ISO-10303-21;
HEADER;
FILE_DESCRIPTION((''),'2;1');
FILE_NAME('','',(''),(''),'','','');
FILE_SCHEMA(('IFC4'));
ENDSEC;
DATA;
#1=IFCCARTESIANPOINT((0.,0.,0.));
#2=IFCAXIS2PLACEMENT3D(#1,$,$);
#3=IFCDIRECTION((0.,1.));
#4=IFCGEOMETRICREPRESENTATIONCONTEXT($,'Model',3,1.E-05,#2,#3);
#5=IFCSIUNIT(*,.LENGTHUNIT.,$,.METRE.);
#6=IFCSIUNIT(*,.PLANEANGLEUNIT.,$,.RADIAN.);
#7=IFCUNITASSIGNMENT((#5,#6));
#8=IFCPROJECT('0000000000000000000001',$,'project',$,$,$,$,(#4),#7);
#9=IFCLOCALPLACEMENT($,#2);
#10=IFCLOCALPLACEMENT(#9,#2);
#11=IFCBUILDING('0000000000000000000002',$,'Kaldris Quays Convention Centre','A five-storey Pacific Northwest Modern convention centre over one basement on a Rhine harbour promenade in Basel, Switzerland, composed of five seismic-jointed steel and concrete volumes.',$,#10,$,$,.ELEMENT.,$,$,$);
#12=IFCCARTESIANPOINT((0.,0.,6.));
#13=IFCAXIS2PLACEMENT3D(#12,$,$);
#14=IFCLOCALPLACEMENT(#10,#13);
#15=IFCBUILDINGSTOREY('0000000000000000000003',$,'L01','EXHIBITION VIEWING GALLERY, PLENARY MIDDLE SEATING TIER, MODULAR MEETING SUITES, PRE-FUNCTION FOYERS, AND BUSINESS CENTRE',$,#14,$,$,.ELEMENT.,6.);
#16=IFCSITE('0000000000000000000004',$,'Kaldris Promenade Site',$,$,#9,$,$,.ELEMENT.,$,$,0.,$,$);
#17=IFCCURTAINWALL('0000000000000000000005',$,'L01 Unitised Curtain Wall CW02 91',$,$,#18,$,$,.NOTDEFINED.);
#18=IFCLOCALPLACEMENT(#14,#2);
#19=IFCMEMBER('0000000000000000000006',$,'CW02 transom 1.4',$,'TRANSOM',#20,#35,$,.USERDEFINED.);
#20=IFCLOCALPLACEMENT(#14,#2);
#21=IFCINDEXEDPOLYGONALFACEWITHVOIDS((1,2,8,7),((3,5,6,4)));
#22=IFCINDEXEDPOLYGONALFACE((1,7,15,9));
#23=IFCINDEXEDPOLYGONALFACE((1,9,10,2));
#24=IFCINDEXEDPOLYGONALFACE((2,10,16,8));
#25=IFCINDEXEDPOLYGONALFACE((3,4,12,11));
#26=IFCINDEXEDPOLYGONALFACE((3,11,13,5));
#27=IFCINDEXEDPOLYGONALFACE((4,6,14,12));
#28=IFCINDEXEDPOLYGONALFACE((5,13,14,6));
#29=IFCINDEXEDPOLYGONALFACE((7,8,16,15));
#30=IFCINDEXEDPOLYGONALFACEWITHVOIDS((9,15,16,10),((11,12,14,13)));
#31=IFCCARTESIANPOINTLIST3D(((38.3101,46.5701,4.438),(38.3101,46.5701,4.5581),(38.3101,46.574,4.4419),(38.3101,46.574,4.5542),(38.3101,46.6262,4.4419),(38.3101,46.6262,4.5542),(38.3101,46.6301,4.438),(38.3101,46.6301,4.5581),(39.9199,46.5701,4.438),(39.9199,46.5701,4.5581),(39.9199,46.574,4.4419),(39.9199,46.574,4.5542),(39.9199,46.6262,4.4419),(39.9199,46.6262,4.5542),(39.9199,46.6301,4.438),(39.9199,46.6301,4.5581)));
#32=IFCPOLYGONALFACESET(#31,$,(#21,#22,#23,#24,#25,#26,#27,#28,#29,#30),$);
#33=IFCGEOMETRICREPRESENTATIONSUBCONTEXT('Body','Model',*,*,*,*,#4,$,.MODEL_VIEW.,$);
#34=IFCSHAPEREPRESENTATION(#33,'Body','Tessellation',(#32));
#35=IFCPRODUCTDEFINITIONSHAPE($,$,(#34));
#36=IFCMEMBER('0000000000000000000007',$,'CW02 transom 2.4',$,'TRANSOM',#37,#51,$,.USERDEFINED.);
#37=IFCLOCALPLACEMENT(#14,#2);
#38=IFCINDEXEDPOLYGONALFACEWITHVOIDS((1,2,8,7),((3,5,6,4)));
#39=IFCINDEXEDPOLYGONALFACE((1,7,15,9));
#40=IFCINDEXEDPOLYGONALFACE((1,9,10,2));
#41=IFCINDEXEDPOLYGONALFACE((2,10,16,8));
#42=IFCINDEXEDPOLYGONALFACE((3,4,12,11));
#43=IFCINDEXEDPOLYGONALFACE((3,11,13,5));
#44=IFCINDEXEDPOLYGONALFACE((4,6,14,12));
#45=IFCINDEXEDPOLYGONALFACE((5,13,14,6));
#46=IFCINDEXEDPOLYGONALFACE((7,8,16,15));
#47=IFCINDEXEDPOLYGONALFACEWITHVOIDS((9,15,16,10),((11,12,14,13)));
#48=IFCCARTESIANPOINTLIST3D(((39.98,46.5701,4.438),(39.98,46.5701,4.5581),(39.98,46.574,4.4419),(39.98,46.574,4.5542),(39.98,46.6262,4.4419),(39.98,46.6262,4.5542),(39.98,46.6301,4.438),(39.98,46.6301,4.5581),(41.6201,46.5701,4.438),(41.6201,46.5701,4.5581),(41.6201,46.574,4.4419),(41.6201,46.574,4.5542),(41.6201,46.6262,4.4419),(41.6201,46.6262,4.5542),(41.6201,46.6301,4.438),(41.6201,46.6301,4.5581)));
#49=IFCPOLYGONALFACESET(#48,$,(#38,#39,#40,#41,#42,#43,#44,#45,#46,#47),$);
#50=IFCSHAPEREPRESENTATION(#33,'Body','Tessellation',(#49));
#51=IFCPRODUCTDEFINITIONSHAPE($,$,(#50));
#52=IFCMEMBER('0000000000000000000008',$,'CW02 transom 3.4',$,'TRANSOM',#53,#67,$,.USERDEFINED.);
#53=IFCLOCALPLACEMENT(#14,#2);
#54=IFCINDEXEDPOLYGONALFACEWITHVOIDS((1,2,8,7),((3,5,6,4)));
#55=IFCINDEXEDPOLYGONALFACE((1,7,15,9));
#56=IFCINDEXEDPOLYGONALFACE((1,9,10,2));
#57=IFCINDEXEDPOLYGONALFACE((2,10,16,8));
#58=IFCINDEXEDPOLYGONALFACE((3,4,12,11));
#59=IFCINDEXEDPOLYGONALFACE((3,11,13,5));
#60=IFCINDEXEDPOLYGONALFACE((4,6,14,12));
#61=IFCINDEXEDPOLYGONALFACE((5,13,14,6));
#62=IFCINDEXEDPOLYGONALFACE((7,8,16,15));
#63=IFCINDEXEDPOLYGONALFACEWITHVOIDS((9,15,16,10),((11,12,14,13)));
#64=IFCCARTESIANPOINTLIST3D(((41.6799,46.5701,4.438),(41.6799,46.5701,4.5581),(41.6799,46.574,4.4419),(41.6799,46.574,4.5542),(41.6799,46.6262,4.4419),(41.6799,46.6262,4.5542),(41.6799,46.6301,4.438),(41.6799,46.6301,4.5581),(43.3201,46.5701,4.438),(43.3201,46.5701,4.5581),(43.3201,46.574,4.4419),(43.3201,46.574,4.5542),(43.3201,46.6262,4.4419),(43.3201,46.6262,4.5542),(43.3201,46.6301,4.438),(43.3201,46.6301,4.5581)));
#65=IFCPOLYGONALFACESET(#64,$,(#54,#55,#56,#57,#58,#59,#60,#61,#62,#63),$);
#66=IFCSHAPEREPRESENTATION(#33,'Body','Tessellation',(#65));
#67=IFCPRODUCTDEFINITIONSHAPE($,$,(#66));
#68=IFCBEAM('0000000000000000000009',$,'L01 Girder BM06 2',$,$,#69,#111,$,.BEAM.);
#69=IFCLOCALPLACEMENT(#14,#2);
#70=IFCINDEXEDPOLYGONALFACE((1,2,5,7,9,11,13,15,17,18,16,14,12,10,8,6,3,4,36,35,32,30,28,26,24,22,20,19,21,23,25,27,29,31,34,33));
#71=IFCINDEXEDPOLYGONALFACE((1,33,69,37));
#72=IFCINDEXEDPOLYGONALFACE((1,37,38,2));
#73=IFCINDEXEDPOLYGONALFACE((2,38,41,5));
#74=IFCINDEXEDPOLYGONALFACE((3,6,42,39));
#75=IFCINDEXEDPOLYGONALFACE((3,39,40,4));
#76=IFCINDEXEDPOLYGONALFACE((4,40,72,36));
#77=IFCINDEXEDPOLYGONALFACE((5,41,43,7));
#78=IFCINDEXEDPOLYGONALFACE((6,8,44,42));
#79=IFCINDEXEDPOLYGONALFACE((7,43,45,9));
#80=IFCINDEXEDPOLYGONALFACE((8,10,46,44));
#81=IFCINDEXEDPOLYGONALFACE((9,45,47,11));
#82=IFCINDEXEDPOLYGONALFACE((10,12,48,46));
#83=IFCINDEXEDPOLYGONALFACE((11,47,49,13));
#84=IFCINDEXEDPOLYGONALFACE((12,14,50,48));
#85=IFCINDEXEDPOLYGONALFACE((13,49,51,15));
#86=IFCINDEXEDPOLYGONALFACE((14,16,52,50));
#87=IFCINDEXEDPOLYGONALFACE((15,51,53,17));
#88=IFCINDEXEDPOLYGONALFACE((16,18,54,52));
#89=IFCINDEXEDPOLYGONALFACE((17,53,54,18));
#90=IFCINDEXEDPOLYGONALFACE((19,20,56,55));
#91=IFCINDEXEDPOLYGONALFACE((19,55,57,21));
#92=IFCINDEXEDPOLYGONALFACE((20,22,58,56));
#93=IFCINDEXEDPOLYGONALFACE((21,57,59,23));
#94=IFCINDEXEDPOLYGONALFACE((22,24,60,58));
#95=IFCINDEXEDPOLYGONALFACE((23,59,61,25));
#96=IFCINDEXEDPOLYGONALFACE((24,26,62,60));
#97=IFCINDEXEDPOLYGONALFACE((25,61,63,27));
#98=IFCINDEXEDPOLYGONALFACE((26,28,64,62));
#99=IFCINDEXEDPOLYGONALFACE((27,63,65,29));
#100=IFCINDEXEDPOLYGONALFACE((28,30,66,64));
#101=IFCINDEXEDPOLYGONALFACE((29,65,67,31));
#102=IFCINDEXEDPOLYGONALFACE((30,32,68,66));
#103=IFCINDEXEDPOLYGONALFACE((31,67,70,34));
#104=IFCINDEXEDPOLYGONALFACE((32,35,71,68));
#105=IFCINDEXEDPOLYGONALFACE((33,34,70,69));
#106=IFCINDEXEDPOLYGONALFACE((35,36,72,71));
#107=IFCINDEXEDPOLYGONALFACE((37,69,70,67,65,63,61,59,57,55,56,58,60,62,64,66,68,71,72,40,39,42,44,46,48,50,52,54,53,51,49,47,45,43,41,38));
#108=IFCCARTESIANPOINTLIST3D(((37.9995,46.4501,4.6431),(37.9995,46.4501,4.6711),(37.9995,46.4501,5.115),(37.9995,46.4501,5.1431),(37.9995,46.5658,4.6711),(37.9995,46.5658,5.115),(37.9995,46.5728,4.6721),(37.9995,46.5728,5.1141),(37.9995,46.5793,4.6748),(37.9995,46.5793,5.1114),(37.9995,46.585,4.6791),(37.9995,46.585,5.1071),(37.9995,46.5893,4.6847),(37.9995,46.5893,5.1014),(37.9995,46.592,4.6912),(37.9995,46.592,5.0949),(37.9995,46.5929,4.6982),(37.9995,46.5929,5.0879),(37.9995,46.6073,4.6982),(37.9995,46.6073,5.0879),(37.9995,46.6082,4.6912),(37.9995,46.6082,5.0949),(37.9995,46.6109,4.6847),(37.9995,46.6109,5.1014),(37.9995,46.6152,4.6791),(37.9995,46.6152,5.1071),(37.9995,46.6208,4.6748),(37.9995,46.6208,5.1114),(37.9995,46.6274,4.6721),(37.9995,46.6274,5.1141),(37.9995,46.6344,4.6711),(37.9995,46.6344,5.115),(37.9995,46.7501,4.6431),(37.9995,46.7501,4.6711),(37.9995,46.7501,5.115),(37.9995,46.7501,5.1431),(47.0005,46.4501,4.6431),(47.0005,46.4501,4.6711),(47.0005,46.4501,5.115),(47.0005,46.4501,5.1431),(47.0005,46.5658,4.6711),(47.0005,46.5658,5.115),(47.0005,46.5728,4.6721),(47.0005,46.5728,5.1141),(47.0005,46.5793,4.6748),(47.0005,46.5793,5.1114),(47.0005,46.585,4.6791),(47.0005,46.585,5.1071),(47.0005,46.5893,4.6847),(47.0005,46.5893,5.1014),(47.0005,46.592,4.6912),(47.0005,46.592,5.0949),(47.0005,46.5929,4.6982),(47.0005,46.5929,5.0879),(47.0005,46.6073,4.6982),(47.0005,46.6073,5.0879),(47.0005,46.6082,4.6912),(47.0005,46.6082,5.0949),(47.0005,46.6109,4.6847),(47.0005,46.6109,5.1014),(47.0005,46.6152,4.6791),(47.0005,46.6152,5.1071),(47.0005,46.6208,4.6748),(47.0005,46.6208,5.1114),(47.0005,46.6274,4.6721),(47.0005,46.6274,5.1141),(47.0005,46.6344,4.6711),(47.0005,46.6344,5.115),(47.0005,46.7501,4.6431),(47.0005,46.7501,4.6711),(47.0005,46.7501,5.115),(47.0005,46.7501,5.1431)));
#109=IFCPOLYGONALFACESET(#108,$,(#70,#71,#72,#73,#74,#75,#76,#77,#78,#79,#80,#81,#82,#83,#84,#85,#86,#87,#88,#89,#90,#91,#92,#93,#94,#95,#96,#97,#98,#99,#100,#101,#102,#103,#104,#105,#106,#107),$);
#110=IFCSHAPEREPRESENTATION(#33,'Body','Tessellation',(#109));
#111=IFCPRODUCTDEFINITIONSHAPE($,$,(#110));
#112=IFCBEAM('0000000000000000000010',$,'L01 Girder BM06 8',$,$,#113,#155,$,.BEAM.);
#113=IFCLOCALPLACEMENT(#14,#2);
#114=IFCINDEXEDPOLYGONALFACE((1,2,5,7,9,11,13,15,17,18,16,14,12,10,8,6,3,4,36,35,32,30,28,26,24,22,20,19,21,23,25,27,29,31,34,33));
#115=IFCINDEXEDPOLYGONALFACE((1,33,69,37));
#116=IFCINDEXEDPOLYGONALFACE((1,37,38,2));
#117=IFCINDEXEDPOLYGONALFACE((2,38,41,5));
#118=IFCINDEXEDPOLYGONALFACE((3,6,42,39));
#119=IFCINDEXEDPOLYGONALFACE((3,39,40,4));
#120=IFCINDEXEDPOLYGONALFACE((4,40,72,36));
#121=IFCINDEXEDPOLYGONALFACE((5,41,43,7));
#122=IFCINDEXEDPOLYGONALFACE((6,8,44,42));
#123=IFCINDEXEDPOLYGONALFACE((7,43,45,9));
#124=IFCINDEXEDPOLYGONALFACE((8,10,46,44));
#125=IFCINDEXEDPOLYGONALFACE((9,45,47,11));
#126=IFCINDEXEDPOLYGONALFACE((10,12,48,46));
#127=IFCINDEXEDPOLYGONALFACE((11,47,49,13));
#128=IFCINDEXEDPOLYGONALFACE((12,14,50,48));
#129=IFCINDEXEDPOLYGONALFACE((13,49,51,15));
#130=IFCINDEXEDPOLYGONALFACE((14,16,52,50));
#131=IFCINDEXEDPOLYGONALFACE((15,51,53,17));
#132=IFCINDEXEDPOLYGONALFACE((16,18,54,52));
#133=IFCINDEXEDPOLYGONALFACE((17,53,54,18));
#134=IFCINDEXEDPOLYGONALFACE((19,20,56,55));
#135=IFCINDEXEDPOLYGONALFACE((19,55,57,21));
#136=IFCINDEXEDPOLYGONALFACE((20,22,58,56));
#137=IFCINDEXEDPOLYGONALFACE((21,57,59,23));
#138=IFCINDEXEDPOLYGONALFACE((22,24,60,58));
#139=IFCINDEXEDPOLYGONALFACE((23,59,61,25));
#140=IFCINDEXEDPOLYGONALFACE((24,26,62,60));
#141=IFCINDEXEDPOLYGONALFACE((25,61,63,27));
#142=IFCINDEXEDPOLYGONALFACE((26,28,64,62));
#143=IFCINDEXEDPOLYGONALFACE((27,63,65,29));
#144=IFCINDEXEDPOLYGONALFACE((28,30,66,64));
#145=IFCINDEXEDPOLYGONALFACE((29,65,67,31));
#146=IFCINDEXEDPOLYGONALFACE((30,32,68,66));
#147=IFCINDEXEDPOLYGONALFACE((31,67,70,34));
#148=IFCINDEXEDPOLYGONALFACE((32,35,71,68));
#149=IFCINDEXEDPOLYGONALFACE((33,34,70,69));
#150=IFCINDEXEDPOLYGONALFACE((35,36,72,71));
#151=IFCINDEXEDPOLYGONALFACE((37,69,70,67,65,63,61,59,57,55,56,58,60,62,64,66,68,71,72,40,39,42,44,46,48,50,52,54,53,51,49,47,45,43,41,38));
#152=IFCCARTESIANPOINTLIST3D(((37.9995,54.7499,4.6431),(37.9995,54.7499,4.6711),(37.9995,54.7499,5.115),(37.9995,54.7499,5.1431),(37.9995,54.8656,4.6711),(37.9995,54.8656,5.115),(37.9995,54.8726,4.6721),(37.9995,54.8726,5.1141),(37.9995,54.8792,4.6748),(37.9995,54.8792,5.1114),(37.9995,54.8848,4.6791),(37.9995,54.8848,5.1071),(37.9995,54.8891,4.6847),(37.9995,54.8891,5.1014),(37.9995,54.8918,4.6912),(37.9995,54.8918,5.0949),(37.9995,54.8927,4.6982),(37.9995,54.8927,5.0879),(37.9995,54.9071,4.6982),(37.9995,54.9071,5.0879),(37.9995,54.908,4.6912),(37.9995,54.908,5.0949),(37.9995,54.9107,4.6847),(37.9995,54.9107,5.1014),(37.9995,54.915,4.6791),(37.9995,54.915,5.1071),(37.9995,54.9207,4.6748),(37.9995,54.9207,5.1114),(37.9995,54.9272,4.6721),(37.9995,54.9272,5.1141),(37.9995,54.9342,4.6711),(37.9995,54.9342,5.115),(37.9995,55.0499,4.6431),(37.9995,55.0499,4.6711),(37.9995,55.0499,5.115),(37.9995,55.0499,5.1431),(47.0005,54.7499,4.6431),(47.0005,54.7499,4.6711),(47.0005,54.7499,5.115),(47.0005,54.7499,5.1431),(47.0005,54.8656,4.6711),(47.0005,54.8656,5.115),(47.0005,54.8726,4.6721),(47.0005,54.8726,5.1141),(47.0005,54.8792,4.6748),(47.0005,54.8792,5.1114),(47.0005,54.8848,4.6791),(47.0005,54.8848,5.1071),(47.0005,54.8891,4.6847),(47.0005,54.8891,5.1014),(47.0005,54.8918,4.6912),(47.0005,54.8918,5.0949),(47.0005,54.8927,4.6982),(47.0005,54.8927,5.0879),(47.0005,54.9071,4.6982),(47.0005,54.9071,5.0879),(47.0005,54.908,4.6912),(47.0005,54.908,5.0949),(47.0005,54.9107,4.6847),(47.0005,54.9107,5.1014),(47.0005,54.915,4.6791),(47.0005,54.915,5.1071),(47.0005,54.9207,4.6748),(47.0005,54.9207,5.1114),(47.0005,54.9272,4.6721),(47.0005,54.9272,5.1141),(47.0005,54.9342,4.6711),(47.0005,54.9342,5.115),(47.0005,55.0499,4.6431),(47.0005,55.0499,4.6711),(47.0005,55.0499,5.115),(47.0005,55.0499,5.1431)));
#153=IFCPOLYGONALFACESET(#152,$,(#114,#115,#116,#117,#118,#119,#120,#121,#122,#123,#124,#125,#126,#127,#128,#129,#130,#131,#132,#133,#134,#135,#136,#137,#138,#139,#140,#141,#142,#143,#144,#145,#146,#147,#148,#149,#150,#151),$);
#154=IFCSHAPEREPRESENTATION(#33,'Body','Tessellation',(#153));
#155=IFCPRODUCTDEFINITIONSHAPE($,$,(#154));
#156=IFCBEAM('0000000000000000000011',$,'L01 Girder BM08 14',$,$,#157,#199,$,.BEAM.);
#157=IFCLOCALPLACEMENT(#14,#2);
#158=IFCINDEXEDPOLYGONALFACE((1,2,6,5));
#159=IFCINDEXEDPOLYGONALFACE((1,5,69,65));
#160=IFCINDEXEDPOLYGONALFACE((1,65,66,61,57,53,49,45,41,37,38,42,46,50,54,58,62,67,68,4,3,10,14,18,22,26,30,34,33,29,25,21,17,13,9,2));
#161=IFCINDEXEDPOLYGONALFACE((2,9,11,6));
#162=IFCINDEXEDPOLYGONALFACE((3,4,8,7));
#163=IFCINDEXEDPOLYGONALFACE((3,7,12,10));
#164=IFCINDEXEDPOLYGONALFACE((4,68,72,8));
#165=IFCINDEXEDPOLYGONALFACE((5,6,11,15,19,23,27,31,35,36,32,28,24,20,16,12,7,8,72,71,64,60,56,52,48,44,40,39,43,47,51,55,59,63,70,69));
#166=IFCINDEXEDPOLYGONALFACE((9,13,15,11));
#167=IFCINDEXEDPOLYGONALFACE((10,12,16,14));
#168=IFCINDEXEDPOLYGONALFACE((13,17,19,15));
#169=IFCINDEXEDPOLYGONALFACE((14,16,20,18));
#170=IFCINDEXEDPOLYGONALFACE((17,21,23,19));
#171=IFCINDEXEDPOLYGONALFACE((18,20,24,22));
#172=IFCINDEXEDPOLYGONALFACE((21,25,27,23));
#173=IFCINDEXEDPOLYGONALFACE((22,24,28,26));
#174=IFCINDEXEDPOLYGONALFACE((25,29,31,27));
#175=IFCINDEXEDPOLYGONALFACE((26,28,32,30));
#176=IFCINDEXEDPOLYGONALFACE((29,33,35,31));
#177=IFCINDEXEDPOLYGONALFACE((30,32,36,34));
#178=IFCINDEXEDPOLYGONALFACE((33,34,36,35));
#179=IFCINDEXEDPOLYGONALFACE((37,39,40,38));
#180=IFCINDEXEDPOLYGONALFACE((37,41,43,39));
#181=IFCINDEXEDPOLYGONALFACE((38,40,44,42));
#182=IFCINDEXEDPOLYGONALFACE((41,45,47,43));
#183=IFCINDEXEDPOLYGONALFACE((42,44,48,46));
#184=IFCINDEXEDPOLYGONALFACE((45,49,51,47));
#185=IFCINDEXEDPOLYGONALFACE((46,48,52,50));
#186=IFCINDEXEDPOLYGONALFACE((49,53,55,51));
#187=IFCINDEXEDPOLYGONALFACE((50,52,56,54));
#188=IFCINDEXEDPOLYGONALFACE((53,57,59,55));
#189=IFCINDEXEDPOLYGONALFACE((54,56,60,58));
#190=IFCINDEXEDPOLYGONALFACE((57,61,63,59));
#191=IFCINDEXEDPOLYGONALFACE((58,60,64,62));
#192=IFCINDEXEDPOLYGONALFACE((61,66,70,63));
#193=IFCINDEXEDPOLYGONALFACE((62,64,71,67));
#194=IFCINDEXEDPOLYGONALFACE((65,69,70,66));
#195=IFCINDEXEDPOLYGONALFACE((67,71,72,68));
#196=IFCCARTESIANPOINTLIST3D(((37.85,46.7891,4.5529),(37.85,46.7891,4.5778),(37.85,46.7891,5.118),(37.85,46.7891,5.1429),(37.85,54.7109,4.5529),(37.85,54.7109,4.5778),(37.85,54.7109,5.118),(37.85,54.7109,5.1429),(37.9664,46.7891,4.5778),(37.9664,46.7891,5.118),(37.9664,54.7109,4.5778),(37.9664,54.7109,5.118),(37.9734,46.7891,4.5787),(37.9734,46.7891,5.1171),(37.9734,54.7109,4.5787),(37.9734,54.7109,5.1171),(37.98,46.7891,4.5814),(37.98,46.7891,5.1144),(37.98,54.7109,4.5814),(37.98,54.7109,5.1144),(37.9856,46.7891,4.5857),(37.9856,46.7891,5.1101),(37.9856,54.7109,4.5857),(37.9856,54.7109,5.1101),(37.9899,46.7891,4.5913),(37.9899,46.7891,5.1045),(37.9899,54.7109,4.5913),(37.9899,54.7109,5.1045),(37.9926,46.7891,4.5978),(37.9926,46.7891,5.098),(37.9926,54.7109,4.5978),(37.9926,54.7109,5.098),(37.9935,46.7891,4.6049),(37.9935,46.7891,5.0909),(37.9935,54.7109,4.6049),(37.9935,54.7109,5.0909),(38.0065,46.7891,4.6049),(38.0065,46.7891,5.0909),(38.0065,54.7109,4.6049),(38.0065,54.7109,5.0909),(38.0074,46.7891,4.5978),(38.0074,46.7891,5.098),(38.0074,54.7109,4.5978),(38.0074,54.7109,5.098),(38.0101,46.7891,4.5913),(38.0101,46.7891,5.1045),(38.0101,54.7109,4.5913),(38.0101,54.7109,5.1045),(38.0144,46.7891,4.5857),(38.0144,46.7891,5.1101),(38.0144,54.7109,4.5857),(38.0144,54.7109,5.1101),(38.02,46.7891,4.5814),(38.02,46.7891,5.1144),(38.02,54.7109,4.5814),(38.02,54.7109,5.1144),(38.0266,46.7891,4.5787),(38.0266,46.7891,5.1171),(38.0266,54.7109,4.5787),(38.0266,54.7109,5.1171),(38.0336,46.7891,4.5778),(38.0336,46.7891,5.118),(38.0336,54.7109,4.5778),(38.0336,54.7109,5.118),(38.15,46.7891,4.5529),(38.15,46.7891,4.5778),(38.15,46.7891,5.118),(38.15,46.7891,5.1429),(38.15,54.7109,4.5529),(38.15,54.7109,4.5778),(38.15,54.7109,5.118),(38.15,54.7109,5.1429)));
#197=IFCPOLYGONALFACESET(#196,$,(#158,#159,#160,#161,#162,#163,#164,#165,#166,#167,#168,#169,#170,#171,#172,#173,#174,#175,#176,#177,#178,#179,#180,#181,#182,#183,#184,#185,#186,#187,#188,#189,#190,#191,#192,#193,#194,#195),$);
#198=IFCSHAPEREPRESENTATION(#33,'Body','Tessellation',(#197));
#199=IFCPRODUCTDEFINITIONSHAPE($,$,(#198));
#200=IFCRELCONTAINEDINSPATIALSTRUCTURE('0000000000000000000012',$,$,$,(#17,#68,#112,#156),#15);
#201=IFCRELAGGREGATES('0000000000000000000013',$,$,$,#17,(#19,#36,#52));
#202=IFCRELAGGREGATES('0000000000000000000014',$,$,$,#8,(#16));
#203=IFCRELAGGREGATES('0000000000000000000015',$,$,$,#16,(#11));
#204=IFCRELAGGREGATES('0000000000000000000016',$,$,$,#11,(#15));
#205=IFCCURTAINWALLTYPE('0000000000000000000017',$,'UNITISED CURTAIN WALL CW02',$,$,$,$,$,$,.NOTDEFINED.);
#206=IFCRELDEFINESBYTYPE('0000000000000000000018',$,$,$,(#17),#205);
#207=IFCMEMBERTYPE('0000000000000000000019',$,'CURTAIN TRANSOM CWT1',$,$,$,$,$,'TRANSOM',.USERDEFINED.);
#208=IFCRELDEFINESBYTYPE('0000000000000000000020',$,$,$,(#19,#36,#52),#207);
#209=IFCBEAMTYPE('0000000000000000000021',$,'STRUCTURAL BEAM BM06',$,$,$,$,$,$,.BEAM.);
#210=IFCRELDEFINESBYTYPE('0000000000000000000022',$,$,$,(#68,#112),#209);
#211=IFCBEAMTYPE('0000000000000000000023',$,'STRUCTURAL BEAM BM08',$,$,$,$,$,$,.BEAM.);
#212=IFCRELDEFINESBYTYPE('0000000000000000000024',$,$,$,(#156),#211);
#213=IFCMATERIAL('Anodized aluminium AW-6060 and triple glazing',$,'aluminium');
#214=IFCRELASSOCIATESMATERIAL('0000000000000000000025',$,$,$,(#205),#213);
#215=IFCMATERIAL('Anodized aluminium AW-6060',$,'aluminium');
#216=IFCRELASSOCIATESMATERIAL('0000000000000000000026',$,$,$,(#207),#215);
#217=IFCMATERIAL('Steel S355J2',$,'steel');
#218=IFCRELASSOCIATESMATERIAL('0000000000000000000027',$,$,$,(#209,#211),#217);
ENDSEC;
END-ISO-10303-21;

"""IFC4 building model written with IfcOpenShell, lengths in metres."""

from ifc_helpers import new_model, si_unit, direction, frame, origin, origin_2d, place, context, subcontext, project, spatial, hollow_rectangle, i_section, extrude, material, material_profile, profile_set, type_object, element, aggregate, save


model = new_model("IFC4")

# Units and contexts
model_context = context("Model", 3, precision=1e-05, world=origin(), true_north=direction((0.0, 1.0)))
body_context = subcontext(model_context, "Body", "Model", "MODEL_VIEW")
ifc_project = project(units=[si_unit("LENGTHUNIT", "METRE"), si_unit("PLANEANGLEUNIT", "RADIAN")], contexts=[model_context])

# Site, building, storey
site_placement = place(None, origin())
site = spatial("IfcSite", under=ifc_project, at=site_placement, Name="Kaldris Promenade Site", CompositionType="ELEMENT", RefElevation=0.0)
building_placement = place(site_placement, origin())
building = spatial("IfcBuilding", under=site, at=building_placement, Name="Kaldris Quays Convention Centre", Description="A five-storey Pacific Northwest Modern convention centre over one basement on a Rhine harbour promenade in Basel, Switzerland, composed of five seismic-jointed steel and concrete volumes.", CompositionType="ELEMENT")
storey_placement = place(building_placement, frame((0.0, 0.0, 6.0)))
storey = spatial("IfcBuildingStorey", under=building, at=storey_placement, Name="L01", Description="EXHIBITION VIEWING GALLERY, PLENARY MIDDLE SEATING TIER, MODULAR MEETING SUITES, PRE-FUNCTION FOYERS, AND BUSINESS CENTRE", CompositionType="ELEMENT", Elevation=6.0)

# Curtain wall, members
ifc_material_1 = material(Name="Anodized aluminium AW-6060 and triple glazing", Category="aluminium")
curtain_wall_type = type_object("IfcCurtainWallType", Name="UNITISED CURTAIN WALL CW02", PredefinedType="NOTDEFINED", material=ifc_material_1)
curtain_wall_placement = place(storey_placement, origin())
curtain_wall = element("IfcCurtainWall", 1, at=curtain_wall_placement, inside=storey, type_object=curtain_wall_type, Name="L01 Unitised Curtain Wall CW02 91", PredefinedType="NOTDEFINED")
ifc_material_2 = material(Name="Anodized aluminium AW-6060", Category="aluminium")
ifc_material_profile_1 = material_profile(ifc_material_2, hollow_rectangle(XDim=0.0601, YDim=0.1201, WallThickness=0.0039, at=origin_2d()), Name="RHS 120x60x4")
ifc_profile_set_1 = profile_set([ifc_material_profile_1], Name="Anodized aluminium AW-6060")
member_type = type_object("IfcMemberType", Name="CURTAIN TRANSOM CWT1", ElementType="TRANSOM", PredefinedType="USERDEFINED", material=ifc_profile_set_1)
member_1_placement = place(storey_placement, frame((38.3101, 46.6001, 4.498), z_axis=(1.0, 0.0, 0.0), x_axis=(0.0, 1.0, 0.0)))
member_1 = element("IfcMember", 2, at=member_1_placement, type_object=member_type, Name="CW02 transom 1.4", ObjectType="TRANSOM", PredefinedType="USERDEFINED", context=body_context, shape_type="SweptSolid", body=[
    extrude(hollow_rectangle(XDim=0.0601, YDim=0.1201, WallThickness=0.0039, at=origin_2d()), origin(), (0.0, 0.0, 1.0), 1.6099),
])
member_2_placement = place(storey_placement, frame((39.98, 46.6001, 4.498), z_axis=(1.0, 0.0, 0.0), x_axis=(0.0, 1.0, 0.0)))
member_2 = element("IfcMember", 3, at=member_2_placement, type_object=member_type, Name="CW02 transom 2.4", ObjectType="TRANSOM", PredefinedType="USERDEFINED", context=body_context, shape_type="SweptSolid", body=[
    extrude(hollow_rectangle(XDim=0.0601, YDim=0.1201, WallThickness=0.0039, at=origin_2d()), origin(), (0.0, 0.0, 1.0), 1.6401),
])
member_3_placement = place(storey_placement, frame((41.6799, 46.6001, 4.498), z_axis=(1.0, 0.0, 0.0), x_axis=(0.0, 1.0, 0.0)))
member_3 = element("IfcMember", 4, at=member_3_placement, type_object=member_type, Name="CW02 transom 3.4", ObjectType="TRANSOM", PredefinedType="USERDEFINED", context=body_context, shape_type="SweptSolid", body=[
    extrude(hollow_rectangle(XDim=0.0601, YDim=0.1201, WallThickness=0.0039, at=origin_2d()), origin(), (0.0, 0.0, 1.0), 1.6401),
])
aggregate(curtain_wall, [member_1, member_2, member_3])

# Beams
ifc_material_3 = material(Name="Steel S355J2", Category="steel")
ifc_material_profile_2 = material_profile(ifc_material_3, i_section(OverallWidth=0.3, OverallDepth=0.5, WebThickness=0.0144, FlangeThickness=0.0281, FilletRadius=0.0271, at=origin_2d()), Name="HEB 500")
ifc_profile_set_2 = profile_set([ifc_material_profile_2], Name="Steel S355J2")
beam_type_1 = type_object("IfcBeamType", Name="STRUCTURAL BEAM BM06", PredefinedType="BEAM", material=ifc_profile_set_2)
for number, where, z_axis, x_axis, name in (
    (5, (37.9995, 46.6001, 4.8931), (1.0, 0.0, 0.0), (0.0, 1.0, 0.0), "L01 Girder BM06 2"),
    (6, (37.9995, 54.8999, 4.8931), (1.0, 0.0, 0.0), (0.0, 1.0, 0.0), "L01 Girder BM06 8"),
):
    element("IfcBeam", number, at=place(storey_placement, frame(where, z_axis=z_axis, x_axis=x_axis)), inside=storey, type_object=beam_type_1, Name=name, PredefinedType="BEAM", context=body_context, shape_type="SweptSolid", body=[
        extrude(i_section(OverallWidth=0.3, OverallDepth=0.5, WebThickness=0.0144, FlangeThickness=0.0281, FilletRadius=0.0271, at=origin_2d()), origin(), (0.0, 0.0, 1.0), 9.001),
    ])
ifc_material_profile_3 = material_profile(ifc_material_3, i_section(OverallWidth=0.3, OverallDepth=0.5901, WebThickness=0.0129, FlangeThickness=0.0249, FilletRadius=0.0271, at=origin_2d()), Name="HEA 600")
ifc_profile_set_3 = profile_set([ifc_material_profile_3], Name="Steel S355J2")
beam_type_2 = type_object("IfcBeamType", Name="STRUCTURAL BEAM BM08", PredefinedType="BEAM", material=ifc_profile_set_3)
beam_1_placement = place(storey_placement, frame((38.0, 46.7891, 4.8479), z_axis=(0.0, 1.0, 0.0), x_axis=(-1.0, 0.0, 0.0)))
element("IfcBeam", 7, at=beam_1_placement, inside=storey, type_object=beam_type_2, Name="L01 Girder BM08 14", PredefinedType="BEAM", context=body_context, shape_type="SweptSolid", body=[
    extrude(i_section(OverallWidth=0.3, OverallDepth=0.5901, WebThickness=0.0129, FlangeThickness=0.0249, FilletRadius=0.0271, at=origin_2d()), origin(), (0.0, 0.0, 1.0), 7.9219),
])

save(model, "model.ifc")
